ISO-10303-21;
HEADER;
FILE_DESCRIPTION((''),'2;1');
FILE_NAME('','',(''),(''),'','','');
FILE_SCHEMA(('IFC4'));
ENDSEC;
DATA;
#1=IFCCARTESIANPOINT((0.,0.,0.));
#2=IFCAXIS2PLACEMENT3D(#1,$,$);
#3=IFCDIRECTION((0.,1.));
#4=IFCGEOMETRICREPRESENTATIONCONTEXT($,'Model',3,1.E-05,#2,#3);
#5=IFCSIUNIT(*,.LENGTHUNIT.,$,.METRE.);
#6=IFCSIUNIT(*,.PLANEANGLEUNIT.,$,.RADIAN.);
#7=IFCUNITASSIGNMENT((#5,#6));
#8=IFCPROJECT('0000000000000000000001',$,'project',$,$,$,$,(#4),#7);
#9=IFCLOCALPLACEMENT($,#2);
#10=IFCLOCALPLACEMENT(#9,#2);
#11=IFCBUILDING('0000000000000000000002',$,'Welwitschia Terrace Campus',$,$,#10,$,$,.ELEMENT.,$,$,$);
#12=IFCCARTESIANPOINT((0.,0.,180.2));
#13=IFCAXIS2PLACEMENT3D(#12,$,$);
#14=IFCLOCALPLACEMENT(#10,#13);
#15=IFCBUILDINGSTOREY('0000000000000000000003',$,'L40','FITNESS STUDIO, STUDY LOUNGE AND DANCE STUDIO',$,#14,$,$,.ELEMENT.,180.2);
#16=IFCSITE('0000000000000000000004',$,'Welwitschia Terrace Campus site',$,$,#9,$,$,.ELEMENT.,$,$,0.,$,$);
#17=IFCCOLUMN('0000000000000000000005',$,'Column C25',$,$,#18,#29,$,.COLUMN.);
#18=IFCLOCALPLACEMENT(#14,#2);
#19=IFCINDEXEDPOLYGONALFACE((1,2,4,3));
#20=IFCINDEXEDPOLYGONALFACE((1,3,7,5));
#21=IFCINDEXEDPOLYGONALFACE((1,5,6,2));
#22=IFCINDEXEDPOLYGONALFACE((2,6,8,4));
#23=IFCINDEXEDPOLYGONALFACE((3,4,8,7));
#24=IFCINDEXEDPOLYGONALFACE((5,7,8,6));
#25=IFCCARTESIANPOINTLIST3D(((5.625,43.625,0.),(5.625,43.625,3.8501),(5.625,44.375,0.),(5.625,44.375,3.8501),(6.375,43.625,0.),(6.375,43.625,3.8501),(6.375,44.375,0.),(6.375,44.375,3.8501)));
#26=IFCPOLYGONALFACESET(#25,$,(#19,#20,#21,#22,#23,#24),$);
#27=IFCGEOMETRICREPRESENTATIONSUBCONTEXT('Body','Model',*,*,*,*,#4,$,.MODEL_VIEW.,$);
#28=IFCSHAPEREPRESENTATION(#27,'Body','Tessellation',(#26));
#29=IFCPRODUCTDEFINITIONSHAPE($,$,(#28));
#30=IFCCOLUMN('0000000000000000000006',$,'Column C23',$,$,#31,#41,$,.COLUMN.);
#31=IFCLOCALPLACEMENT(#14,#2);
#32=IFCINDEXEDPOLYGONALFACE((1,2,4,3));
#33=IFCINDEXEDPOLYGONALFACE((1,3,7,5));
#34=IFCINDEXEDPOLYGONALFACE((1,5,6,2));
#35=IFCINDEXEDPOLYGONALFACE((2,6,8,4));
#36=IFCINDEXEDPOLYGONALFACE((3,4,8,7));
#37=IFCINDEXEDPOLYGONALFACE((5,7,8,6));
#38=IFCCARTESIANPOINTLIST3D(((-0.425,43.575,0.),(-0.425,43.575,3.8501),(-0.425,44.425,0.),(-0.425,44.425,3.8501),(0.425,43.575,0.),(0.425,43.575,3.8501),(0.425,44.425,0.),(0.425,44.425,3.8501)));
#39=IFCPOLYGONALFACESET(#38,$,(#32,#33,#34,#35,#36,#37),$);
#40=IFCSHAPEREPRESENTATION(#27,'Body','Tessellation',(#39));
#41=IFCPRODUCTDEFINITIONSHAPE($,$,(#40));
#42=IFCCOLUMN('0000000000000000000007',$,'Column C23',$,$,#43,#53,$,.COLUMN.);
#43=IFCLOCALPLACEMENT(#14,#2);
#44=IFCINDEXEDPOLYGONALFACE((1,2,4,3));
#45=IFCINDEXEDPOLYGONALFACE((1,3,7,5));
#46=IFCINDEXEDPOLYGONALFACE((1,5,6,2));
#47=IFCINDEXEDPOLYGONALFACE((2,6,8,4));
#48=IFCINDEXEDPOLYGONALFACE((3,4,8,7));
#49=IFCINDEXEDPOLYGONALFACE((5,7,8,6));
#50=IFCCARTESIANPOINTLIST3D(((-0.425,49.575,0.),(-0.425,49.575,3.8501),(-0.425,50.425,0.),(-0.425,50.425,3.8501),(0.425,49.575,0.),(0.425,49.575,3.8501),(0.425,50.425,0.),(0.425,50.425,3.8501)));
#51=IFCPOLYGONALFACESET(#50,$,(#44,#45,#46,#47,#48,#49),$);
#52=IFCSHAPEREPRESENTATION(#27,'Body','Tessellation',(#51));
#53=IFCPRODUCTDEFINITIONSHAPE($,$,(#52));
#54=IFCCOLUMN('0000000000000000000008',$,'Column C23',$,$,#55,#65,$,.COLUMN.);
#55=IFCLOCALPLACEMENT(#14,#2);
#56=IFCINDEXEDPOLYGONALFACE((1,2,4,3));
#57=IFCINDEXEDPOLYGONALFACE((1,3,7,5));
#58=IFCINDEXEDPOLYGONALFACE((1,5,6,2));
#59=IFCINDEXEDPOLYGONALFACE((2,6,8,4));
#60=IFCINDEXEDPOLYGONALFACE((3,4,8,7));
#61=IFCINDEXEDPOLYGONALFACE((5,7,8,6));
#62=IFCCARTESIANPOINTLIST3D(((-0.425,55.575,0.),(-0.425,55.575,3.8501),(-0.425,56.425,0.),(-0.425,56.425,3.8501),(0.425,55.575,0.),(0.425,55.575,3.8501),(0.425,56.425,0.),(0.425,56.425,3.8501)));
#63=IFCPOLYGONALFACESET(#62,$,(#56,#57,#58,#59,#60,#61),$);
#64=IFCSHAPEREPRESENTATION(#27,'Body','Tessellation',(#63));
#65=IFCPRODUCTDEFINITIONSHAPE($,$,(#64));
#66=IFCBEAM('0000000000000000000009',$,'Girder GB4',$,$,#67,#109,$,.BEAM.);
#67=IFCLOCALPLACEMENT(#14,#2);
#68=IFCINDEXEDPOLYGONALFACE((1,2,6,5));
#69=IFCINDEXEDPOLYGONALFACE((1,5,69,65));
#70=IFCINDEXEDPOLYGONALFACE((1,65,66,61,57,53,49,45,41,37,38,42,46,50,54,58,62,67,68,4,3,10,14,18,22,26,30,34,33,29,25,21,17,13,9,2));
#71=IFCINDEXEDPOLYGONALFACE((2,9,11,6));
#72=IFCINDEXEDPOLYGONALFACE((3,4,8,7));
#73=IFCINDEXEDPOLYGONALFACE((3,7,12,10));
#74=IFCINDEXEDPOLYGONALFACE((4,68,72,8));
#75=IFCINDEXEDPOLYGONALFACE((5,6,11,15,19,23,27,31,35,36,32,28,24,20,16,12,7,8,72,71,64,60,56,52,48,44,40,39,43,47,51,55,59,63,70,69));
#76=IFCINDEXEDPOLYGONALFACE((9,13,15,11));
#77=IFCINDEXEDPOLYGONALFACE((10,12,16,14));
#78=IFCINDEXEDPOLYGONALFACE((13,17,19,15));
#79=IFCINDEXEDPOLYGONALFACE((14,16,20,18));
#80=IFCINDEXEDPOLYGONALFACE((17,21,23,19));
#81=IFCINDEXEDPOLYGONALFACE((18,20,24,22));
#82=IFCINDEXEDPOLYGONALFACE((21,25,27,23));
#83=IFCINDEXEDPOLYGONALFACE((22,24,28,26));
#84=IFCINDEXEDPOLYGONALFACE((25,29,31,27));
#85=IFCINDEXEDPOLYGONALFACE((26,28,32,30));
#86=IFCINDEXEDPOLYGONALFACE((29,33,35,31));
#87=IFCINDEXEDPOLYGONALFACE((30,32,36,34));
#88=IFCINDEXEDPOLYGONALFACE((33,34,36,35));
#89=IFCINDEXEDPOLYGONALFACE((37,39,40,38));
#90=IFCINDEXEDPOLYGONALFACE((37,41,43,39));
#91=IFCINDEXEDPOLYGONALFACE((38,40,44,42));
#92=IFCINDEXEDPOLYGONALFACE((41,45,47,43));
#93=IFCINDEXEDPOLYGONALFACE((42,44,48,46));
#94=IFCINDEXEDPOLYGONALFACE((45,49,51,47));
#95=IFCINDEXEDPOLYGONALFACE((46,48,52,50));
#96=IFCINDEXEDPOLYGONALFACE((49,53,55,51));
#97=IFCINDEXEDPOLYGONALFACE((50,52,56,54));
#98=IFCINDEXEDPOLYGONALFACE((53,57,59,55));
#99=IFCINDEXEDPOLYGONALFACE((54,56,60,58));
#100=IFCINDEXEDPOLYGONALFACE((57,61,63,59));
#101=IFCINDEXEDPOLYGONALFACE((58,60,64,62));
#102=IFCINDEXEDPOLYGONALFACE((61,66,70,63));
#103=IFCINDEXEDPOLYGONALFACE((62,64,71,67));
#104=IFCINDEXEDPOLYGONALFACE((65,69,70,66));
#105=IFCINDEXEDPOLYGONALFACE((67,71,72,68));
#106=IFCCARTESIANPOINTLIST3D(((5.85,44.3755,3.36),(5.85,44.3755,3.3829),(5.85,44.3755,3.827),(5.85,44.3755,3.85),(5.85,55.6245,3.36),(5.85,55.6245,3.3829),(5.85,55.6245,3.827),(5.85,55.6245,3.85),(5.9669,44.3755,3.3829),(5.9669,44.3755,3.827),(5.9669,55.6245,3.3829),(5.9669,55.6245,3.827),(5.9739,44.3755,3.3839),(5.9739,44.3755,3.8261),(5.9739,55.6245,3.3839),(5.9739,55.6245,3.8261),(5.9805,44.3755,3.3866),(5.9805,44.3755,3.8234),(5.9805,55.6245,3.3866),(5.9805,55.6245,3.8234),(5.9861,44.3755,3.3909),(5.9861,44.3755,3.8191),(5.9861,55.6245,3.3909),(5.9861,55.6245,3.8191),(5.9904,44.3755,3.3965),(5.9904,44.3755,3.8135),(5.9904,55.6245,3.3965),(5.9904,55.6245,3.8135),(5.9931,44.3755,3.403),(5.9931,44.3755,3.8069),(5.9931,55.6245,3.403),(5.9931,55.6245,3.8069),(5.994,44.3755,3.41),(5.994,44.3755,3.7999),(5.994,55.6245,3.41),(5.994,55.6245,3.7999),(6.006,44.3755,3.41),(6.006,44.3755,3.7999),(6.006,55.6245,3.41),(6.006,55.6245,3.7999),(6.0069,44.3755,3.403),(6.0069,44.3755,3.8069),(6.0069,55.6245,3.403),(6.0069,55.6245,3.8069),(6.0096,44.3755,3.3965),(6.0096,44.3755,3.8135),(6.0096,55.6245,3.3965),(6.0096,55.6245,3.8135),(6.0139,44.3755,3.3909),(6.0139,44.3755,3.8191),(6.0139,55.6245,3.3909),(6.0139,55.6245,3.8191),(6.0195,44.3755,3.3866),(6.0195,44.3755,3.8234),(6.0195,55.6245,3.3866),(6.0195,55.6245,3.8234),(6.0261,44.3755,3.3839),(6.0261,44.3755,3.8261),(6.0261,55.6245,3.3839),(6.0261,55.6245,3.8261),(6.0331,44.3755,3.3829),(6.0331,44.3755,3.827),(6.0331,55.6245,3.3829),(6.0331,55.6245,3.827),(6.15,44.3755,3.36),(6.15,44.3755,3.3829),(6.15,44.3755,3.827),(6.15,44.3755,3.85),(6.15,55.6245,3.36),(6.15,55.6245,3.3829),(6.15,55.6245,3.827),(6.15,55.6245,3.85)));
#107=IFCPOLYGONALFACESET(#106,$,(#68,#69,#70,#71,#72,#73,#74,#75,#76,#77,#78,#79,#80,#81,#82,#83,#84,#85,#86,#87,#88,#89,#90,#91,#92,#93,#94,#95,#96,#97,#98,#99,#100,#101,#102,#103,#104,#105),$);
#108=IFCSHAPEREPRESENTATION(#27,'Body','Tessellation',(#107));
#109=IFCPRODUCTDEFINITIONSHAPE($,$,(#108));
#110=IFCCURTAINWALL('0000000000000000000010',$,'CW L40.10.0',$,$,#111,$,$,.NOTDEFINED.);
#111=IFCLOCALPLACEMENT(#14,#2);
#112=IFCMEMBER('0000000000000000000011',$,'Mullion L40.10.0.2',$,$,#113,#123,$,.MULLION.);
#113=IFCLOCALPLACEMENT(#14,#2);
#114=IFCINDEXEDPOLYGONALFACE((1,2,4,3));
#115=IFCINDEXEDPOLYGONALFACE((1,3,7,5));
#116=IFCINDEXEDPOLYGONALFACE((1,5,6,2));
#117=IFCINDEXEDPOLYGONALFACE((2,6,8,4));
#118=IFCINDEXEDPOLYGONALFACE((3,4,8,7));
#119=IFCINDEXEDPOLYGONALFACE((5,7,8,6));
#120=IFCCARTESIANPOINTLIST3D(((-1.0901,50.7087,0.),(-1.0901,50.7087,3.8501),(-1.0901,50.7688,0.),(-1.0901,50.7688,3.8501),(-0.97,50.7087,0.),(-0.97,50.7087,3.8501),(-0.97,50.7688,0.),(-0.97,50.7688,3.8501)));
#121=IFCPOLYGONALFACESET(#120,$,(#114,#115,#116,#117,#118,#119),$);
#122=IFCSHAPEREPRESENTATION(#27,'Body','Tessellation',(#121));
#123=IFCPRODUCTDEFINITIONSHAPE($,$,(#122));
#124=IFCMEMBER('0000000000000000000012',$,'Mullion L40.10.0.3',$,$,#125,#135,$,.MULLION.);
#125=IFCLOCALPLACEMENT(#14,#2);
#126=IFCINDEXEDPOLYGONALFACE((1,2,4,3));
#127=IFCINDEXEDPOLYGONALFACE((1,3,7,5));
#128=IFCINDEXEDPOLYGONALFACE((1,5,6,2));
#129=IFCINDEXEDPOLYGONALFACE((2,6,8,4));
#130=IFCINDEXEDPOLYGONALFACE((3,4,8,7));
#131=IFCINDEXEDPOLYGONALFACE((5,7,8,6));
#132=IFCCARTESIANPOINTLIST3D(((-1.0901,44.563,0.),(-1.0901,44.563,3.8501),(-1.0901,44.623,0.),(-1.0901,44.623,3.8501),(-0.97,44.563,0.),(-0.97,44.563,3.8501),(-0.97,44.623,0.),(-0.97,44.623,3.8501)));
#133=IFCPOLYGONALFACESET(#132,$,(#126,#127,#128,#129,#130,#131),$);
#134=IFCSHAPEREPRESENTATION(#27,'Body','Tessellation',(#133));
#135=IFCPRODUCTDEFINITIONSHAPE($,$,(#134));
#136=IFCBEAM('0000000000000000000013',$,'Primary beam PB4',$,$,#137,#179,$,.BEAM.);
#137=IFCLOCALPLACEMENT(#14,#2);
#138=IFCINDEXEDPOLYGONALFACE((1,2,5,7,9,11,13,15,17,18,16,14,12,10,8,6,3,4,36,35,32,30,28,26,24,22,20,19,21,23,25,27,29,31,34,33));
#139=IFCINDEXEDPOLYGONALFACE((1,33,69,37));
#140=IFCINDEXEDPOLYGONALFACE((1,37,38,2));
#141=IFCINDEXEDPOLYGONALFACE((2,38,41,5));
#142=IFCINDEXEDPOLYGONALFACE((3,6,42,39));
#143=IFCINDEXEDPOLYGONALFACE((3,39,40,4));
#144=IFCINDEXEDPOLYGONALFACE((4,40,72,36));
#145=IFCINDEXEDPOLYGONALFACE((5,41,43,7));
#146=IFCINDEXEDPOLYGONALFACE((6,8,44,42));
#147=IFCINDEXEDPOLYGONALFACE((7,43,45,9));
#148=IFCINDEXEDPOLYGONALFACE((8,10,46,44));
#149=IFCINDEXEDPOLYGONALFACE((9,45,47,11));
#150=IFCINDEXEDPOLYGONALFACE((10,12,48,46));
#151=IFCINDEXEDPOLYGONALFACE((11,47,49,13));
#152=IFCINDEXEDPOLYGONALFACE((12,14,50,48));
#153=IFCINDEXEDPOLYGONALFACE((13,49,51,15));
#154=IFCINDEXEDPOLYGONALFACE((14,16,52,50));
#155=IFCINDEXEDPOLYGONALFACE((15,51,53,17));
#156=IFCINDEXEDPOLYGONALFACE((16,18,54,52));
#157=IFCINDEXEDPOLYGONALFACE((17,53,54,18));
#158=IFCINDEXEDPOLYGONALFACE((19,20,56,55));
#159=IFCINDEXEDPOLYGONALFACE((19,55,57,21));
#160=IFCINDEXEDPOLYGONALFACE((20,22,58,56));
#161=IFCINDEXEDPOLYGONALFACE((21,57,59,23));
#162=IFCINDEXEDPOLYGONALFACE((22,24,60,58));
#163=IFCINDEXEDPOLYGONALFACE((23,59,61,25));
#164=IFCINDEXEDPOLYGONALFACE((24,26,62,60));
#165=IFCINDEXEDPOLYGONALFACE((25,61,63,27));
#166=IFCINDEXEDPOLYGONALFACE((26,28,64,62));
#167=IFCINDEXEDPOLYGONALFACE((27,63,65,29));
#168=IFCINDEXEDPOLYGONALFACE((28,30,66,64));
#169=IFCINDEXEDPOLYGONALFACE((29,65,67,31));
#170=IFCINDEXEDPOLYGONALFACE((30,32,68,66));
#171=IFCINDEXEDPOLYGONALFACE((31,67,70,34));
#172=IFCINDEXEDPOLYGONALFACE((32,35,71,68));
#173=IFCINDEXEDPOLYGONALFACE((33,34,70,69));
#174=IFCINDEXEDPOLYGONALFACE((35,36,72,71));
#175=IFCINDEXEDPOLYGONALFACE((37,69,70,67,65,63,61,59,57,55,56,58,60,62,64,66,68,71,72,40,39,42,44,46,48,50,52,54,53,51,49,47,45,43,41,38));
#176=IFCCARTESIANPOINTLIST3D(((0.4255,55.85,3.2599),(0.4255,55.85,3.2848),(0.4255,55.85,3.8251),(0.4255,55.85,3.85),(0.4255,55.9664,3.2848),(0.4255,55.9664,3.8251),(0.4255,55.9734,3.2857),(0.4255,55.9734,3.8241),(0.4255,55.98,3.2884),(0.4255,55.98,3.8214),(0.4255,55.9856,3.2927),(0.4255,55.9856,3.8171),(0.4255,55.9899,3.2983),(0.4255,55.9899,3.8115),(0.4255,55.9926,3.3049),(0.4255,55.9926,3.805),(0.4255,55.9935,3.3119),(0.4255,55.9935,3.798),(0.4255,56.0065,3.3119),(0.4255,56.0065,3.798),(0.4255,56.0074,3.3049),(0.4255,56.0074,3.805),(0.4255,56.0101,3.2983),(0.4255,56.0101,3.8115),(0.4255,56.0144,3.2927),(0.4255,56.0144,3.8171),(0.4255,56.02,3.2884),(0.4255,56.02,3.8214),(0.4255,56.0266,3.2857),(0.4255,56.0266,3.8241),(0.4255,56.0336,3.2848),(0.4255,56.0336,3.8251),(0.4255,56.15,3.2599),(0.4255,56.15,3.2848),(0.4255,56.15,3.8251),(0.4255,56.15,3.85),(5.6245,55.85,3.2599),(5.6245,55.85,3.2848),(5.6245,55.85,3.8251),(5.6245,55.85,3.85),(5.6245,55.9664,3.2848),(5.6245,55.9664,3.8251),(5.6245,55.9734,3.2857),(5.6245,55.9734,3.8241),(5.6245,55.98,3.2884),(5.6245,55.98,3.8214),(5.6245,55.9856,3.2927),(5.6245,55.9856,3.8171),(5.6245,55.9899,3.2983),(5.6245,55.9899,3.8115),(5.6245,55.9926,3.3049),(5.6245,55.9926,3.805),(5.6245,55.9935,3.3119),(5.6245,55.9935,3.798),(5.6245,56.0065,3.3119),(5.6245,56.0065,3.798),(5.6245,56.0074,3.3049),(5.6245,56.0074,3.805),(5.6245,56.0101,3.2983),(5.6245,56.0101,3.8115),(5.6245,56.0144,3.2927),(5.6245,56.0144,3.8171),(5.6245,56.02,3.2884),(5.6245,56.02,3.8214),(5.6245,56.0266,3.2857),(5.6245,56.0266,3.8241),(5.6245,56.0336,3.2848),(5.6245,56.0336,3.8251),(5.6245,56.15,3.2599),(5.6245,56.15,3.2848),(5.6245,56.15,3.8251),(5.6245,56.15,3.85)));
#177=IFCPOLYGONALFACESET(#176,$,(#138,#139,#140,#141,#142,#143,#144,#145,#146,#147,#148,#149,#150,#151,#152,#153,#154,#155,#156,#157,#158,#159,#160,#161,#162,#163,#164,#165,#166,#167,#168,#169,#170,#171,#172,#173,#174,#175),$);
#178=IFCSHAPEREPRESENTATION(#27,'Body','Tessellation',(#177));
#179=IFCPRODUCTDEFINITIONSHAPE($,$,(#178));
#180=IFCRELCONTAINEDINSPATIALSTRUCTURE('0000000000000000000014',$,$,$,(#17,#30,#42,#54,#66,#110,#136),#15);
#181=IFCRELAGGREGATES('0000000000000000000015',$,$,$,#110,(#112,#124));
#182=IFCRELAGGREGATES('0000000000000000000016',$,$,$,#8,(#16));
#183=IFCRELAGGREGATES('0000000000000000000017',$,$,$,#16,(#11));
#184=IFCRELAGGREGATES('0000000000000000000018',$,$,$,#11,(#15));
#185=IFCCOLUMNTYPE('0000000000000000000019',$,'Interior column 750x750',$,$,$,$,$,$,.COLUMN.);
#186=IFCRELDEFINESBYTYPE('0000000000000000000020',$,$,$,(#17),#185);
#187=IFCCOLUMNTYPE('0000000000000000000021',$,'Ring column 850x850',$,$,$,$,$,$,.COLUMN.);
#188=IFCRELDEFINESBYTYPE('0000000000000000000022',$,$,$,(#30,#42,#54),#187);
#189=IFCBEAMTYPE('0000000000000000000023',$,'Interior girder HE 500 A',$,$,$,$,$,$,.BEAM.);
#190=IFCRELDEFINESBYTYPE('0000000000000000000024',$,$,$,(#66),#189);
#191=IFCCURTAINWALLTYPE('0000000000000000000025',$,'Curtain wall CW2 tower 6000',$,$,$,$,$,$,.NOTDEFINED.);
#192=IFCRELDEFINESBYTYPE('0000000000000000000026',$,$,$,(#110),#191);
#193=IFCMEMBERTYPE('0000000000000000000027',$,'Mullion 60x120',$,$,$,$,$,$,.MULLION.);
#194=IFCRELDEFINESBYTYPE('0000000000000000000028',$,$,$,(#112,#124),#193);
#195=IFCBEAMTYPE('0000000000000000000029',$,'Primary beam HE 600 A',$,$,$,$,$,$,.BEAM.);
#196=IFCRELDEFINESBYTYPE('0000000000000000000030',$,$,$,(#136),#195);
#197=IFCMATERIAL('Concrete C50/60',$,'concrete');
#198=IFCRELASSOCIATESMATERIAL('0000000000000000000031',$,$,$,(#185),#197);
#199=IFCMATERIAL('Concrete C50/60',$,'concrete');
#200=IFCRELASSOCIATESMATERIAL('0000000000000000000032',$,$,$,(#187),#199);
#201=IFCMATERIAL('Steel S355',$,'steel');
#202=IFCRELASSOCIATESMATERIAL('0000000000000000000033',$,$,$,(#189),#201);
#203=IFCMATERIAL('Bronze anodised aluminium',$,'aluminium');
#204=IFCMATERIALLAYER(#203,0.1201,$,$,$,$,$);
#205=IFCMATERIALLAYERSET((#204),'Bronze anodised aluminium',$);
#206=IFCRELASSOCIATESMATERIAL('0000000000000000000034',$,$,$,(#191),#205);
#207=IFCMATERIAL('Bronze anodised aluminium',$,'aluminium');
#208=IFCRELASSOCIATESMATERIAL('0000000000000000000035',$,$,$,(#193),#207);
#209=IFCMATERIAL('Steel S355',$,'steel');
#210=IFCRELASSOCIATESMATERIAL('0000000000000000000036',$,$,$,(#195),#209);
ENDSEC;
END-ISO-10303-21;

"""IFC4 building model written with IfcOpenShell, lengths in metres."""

from ifc_helpers import new_model, si_unit, direction, frame, origin, origin_2d, place, context, subcontext, project, spatial, rectangle, i_section, extrude, material, layer, layer_set, material_profile, profile_set, type_object, element, aggregate, save


model = new_model("IFC4")

# Units and contexts
model_context = context("Model", 3, precision=1e-05, world=origin(), true_north=direction((0.0, 1.0)))
body_context = subcontext(model_context, "Body", "Model", "MODEL_VIEW")
ifc_project = project(units=[si_unit("LENGTHUNIT", "METRE"), si_unit("PLANEANGLEUNIT", "RADIAN")], contexts=[model_context])

# Site, building, storey
site_placement = place(None, origin())
site = spatial("IfcSite", under=ifc_project, at=site_placement, Name="Welwitschia Terrace Campus site", CompositionType="ELEMENT", RefElevation=0.0)
building_placement = place(site_placement, origin())
building = spatial("IfcBuilding", under=site, at=building_placement, Name="Welwitschia Terrace Campus", CompositionType="ELEMENT")
storey_placement = place(building_placement, frame((0.0, 0.0, 180.2)))
storey = spatial("IfcBuildingStorey", under=building, at=storey_placement, Name="L40", Description="FITNESS STUDIO, STUDY LOUNGE AND DANCE STUDIO", CompositionType="ELEMENT", Elevation=180.2)

# Columns
ifc_material_1 = material(Name="Concrete C50/60", Category="concrete")
ifc_material_profile_1 = material_profile(ifc_material_1, rectangle(XDim=0.75, YDim=0.75, at=origin_2d()))
ifc_profile_set_1 = profile_set([ifc_material_profile_1], Name="Concrete C50/60")
column_type_1 = type_object("IfcColumnType", Name="Interior column 750x750", PredefinedType="COLUMN", material=ifc_profile_set_1)
column_placement = place(storey_placement, frame((6.0, 44.0, 0.0), z_axis=(0.0, 0.0, 1.0), x_axis=(1.0, 0.0, 0.0)))
element("IfcColumn", 1, at=column_placement, inside=storey, type_object=column_type_1, Name="Column C25", PredefinedType="COLUMN", context=body_context, shape_type="SweptSolid", body=[
    extrude(rectangle(XDim=0.75, YDim=0.75, at=origin_2d()), origin(), (0.0, 0.0, 1.0), 3.8501),
])
ifc_material_2 = material(Name="Concrete C50/60", Category="concrete")
ifc_material_profile_2 = material_profile(ifc_material_2, rectangle(XDim=0.8501, YDim=0.8501, at=origin_2d()))
ifc_profile_set_2 = profile_set([ifc_material_profile_2], Name="Concrete C50/60")
column_type_2 = type_object("IfcColumnType", Name="Ring column 850x850", PredefinedType="COLUMN", material=ifc_profile_set_2)
for number, where, z_axis, x_axis, name in (
    (2, (0.0, 44.0, 0.0), (0.0, 0.0, 1.0), (1.0, 0.0, 0.0), "Column C23"),
    (3, (0.0, 50.0, 0.0), (0.0, 0.0, 1.0), (1.0, 0.0, 0.0), "Column C23"),
    (4, (0.0, 56.0, 0.0), (0.0, 0.0, 1.0), (1.0, 0.0, 0.0), "Column C23"),
):
    element("IfcColumn", number, at=place(storey_placement, frame(where, z_axis=z_axis, x_axis=x_axis)), inside=storey, type_object=column_type_2, Name=name, PredefinedType="COLUMN", context=body_context, shape_type="SweptSolid", body=[
        extrude(rectangle(XDim=0.8501, YDim=0.8501, at=origin_2d()), origin(), (0.0, 0.0, 1.0), 3.8501),
    ])

# Beam
ifc_material_3 = material(Name="Steel S355", Category="steel")
ifc_material_profile_3 = material_profile(ifc_material_3, i_section(OverallWidth=0.3, OverallDepth=0.49, WebThickness=0.012, FlangeThickness=0.0229, FilletRadius=0.0271, at=origin_2d()))
ifc_profile_set_3 = profile_set([ifc_material_profile_3], Name="Steel S355")
beam_type_1 = type_object("IfcBeamType", Name="Interior girder HE 500 A", PredefinedType="BEAM", material=ifc_profile_set_3)
beam_placement = place(storey_placement, frame((6.0, 44.3755, 3.605), z_axis=(0.0, 1.0, 0.0), x_axis=(-1.0, 0.0, 0.0)))
element("IfcBeam", 5, at=beam_placement, inside=storey, type_object=beam_type_1, Name="Girder GB4", PredefinedType="BEAM", context=body_context, shape_type="SweptSolid", body=[
    extrude(i_section(OverallWidth=0.3, OverallDepth=0.49, WebThickness=0.012, FlangeThickness=0.0229, FilletRadius=0.0271, at=origin_2d()), origin(), (0.0, 0.0, 1.0), 11.249),
])

# Curtain wall, members
ifc_material_4 = material(Name="Bronze anodised aluminium", Category="aluminium")
ifc_layer_1 = layer(ifc_material_4, 0.1201)
ifc_layer_set_1 = layer_set([ifc_layer_1], Name="Bronze anodised aluminium")
curtain_wall_type = type_object("IfcCurtainWallType", Name="Curtain wall CW2 tower 6000", PredefinedType="NOTDEFINED", material=ifc_layer_set_1)
curtain_wall_placement = place(storey_placement, origin())
curtain_wall = element("IfcCurtainWall", 6, at=curtain_wall_placement, inside=storey, type_object=curtain_wall_type, Name="CW L40.10.0", PredefinedType="NOTDEFINED")
ifc_material_5 = material(Name="Bronze anodised aluminium", Category="aluminium")
ifc_material_profile_4 = material_profile(ifc_material_5, rectangle(XDim=0.1201, YDim=0.0601, at=origin_2d()))
ifc_profile_set_4 = profile_set([ifc_material_profile_4], Name="Bronze anodised aluminium")
member_type = type_object("IfcMemberType", Name="Mullion 60x120", PredefinedType="MULLION", material=ifc_profile_set_4)
member_1_placement = place(storey_placement, frame((-1.03, 50.7388, 0.0), z_axis=(0.0, 0.0, 1.0), x_axis=(1.0, 0.0, 0.0)))
member_1 = element("IfcMember", 7, at=member_1_placement, type_object=member_type, Name="Mullion L40.10.0.2", PredefinedType="MULLION", context=body_context, shape_type="SweptSolid", body=[
    extrude(rectangle(XDim=0.1201, YDim=0.0601, at=origin_2d()), origin(), (0.0, 0.0, 1.0), 3.8501),
])
member_2_placement = place(storey_placement, frame((-1.03, 44.593, 0.0), z_axis=(0.0, 0.0, 1.0), x_axis=(1.0, 0.0, 0.0)))
member_2 = element("IfcMember", 8, at=member_2_placement, type_object=member_type, Name="Mullion L40.10.0.3", PredefinedType="MULLION", context=body_context, shape_type="SweptSolid", body=[
    extrude(rectangle(XDim=0.1201, YDim=0.0601, at=origin_2d()), origin(), (0.0, 0.0, 1.0), 3.8501),
])

# Beam
ifc_material_6 = material(Name="Steel S355", Category="steel")
ifc_material_profile_5 = material_profile(ifc_material_6, i_section(OverallWidth=0.3, OverallDepth=0.5901, WebThickness=0.0129, FlangeThickness=0.0249, FilletRadius=0.0271, at=origin_2d()))
ifc_profile_set_5 = profile_set([ifc_material_profile_5], Name="Steel S355")
beam_type_2 = type_object("IfcBeamType", Name="Primary beam HE 600 A", PredefinedType="BEAM", material=ifc_profile_set_5)
for number, where, z_axis, x_axis, name in (
    (9, (0.4255, 56.0, 3.5549), (1.0, 0.0, 0.0), (0.0, 1.0, 0.0), "Primary beam PB4"),
):
    element("IfcBeam", number, at=place(storey_placement, frame(where, z_axis=z_axis, x_axis=x_axis)), inside=storey, type_object=beam_type_2, Name=name, PredefinedType="BEAM", context=body_context, shape_type="SweptSolid", body=[
        extrude(i_section(OverallWidth=0.3, OverallDepth=0.5901, WebThickness=0.0129, FlangeThickness=0.0249, FilletRadius=0.0271, at=origin_2d()), origin(), (0.0, 0.0, 1.0), 5.199),
    ])

aggregate(curtain_wall, [member_1, member_2])

save(model, "model.ifc")
